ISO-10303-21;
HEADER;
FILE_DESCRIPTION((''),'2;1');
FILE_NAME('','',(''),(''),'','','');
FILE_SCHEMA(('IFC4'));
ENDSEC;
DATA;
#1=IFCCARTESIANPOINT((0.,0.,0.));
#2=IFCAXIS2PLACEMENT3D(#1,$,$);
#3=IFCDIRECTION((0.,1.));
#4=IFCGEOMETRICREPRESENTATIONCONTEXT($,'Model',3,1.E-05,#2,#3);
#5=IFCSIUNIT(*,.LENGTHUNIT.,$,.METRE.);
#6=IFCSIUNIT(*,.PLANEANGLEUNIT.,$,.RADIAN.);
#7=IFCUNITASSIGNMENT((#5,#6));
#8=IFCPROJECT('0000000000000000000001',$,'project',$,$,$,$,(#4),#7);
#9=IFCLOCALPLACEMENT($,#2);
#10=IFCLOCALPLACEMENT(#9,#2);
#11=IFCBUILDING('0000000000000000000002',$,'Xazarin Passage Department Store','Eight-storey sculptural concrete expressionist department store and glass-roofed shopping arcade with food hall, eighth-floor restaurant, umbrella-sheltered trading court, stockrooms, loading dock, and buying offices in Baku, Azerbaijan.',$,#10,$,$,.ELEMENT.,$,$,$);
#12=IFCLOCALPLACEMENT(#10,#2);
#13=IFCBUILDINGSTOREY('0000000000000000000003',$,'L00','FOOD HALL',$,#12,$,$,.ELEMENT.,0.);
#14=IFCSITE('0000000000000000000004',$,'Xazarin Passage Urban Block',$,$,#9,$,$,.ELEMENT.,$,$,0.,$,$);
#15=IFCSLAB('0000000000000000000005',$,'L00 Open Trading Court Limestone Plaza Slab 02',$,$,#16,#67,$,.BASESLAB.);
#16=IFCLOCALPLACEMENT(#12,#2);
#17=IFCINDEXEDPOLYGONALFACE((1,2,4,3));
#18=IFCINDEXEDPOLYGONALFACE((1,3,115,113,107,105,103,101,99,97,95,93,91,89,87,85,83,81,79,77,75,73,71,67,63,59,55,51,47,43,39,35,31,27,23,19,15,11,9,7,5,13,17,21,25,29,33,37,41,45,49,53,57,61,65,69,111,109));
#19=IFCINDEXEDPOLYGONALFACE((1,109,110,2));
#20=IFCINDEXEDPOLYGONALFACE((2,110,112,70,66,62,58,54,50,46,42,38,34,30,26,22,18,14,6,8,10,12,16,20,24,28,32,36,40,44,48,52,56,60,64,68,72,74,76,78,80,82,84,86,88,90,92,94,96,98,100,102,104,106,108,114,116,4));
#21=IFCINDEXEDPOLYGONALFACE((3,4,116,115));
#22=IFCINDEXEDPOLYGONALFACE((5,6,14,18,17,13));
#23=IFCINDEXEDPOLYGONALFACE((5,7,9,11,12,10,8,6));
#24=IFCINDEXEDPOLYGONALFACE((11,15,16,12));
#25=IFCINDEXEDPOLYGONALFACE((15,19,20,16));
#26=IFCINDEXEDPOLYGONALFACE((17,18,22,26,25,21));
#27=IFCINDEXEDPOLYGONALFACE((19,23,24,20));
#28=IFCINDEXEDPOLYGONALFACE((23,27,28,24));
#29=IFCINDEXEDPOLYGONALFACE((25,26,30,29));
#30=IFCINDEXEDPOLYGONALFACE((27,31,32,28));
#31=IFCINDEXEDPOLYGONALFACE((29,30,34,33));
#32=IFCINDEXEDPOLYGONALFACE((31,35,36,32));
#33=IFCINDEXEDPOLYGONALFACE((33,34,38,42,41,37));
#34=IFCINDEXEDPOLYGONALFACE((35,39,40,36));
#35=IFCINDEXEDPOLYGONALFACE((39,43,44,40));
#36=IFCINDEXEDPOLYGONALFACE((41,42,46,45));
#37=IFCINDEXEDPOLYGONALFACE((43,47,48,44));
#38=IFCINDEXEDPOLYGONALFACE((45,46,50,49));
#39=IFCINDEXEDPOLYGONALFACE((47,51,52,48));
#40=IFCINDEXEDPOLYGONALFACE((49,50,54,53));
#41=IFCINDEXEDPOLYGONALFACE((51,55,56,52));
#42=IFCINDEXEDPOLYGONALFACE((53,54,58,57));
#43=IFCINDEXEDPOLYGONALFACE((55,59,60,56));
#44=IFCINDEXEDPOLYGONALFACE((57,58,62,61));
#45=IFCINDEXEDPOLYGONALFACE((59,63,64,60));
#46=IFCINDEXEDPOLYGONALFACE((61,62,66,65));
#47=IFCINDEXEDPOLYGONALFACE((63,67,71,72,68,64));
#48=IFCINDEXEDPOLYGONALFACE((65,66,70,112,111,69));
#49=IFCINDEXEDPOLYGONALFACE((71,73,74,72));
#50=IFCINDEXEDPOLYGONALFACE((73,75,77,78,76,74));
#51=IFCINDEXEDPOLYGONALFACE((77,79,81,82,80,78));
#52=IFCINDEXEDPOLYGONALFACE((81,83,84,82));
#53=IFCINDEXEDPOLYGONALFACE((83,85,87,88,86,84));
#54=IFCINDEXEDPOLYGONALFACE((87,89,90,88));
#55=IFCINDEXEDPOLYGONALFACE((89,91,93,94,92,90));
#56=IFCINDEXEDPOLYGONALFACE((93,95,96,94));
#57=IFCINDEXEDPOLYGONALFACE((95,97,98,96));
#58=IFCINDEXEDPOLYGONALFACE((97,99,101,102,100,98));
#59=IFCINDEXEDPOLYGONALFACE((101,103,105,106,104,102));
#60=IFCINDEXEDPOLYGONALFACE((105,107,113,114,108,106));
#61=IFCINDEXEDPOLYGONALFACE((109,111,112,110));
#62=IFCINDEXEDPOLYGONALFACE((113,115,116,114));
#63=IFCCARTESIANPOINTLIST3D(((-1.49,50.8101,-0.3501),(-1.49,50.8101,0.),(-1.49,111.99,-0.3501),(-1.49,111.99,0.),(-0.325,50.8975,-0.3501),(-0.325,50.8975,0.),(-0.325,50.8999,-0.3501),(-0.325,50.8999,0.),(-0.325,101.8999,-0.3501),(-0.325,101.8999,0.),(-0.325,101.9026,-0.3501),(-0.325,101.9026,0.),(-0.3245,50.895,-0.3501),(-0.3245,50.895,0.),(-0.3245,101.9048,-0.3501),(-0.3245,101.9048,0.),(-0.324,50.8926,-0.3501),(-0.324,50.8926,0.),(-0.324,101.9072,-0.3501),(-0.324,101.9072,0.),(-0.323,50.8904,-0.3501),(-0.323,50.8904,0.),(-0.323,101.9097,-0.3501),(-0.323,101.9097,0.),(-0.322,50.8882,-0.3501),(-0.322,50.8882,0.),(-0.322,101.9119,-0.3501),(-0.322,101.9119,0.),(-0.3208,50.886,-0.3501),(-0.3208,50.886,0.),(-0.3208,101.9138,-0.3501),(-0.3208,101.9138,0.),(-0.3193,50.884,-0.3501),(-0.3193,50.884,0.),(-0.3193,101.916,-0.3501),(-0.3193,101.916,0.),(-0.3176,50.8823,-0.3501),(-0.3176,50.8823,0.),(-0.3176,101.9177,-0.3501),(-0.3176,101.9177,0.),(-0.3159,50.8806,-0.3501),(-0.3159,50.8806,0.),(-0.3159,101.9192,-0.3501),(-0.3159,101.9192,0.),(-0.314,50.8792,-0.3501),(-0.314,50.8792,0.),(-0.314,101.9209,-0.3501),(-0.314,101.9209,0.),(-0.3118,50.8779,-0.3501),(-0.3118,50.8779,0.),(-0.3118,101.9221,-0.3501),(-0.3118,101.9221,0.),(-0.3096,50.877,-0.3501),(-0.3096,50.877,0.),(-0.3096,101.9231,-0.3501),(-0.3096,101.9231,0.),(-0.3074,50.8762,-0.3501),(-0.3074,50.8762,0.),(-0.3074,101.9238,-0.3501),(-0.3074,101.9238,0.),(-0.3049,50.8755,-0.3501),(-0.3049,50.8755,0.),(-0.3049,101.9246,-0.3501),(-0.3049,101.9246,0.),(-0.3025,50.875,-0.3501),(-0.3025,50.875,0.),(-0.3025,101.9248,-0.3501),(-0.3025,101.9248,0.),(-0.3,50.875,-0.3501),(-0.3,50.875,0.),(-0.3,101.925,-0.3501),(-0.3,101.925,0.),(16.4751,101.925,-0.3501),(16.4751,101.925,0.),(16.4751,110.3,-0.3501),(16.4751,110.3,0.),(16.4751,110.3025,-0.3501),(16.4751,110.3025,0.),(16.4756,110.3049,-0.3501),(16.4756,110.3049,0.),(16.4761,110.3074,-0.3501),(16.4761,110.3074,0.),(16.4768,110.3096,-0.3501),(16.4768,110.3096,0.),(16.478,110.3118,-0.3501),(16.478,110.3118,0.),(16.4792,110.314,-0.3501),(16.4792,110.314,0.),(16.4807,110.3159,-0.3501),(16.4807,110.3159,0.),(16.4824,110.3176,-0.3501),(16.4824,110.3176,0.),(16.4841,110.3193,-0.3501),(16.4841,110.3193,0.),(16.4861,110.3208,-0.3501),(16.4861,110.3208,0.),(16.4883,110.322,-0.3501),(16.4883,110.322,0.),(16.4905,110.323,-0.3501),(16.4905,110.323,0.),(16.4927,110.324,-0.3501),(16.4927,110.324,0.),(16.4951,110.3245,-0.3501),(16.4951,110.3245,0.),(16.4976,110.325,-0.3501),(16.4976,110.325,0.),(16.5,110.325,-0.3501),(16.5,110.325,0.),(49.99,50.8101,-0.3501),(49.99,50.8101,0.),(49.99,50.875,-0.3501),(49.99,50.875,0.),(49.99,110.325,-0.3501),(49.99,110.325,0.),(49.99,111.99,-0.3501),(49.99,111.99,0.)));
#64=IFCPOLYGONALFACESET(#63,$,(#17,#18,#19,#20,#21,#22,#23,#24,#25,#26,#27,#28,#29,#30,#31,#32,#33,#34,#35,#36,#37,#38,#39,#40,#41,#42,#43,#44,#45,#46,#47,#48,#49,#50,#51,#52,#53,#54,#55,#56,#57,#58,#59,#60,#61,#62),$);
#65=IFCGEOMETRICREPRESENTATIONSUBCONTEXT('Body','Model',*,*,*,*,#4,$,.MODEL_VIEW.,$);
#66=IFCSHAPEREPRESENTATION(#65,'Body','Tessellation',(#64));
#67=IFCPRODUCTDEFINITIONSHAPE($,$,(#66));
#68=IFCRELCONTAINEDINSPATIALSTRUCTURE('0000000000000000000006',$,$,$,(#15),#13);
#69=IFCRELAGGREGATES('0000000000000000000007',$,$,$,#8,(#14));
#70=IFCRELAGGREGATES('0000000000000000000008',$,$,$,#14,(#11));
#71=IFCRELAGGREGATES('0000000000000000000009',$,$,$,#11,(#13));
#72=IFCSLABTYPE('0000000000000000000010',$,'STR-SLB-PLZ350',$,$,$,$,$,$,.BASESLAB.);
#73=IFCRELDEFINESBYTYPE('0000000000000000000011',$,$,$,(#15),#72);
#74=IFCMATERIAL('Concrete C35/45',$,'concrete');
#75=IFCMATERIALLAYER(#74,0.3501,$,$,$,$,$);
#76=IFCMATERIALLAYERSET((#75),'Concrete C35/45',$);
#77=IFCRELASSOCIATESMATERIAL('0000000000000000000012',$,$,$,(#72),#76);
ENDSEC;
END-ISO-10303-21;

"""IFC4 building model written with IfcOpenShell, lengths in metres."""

from ifc_helpers import new_model, si_unit, direction, frame, origin, place, context, subcontext, project, spatial, polyline, outline, extrude, material, layer, layer_set, type_object, element, save


model = new_model("IFC4")

# Units and contexts
model_context = context("Model", 3, precision=1e-05, world=origin(), true_north=direction((0.0, 1.0)))
body_context = subcontext(model_context, "Body", "Model", "MODEL_VIEW")
ifc_project = project(units=[si_unit("LENGTHUNIT", "METRE"), si_unit("PLANEANGLEUNIT", "RADIAN")], contexts=[model_context])

# Site, building, storey
site_placement = place(None, origin())
site = spatial("IfcSite", under=ifc_project, at=site_placement, Name="Xazarin Passage Urban Block", CompositionType="ELEMENT", RefElevation=0.0)
building_placement = place(site_placement, origin())
building = spatial("IfcBuilding", under=site, at=building_placement, Name="Xazarin Passage Department Store", Description="Eight-storey sculptural concrete expressionist department store and glass-roofed shopping arcade with food hall, eighth-floor restaurant, umbrella-sheltered trading court, stockrooms, loading dock, and buying offices in Baku, Azerbaijan.", CompositionType="ELEMENT")
storey_placement = place(building_placement, origin())
storey = spatial("IfcBuildingStorey", under=building, at=storey_placement, Name="L00", Description="FOOD HALL", CompositionType="ELEMENT", Elevation=0.0)

# Slab
ifc_material_1 = material(Name="Concrete C35/45", Category="concrete")
ifc_layer_1 = layer(ifc_material_1, 0.3501)
ifc_layer_set_1 = layer_set([ifc_layer_1], Name="Concrete C35/45")
slab_type_1 = type_object("IfcSlabType", Name="STR-SLB-PLZ350", PredefinedType="BASESLAB", material=ifc_layer_set_1)
slab_1_placement = place(storey_placement, frame((0.0, 0.0, -0.3501)))
element("IfcSlab", 1, at=slab_1_placement, inside=storey, type_object=slab_type_1, Name="L00 Open Trading Court Limestone Plaza Slab 02", PredefinedType="BASESLAB", context=body_context, shape_type="SweptSolid", body=[
    extrude(outline(polyline([(49.99, 110.325), (49.99, 111.99), (-1.49, 111.99), (-1.49, 50.8101), (49.99, 50.8101), (49.99, 50.875), (-0.3, 50.875), (-0.3025, 50.875), (-0.3049, 50.8755), (-0.3074, 50.8762), (-0.3096, 50.877), (-0.3118, 50.8779), (-0.314, 50.8792), (-0.3159, 50.8806), (-0.3176, 50.8823), (-0.3193, 50.884), (-0.3208, 50.886), (-0.322, 50.8882), (-0.323, 50.8904), (-0.324, 50.8926), (-0.3245, 50.895), (-0.325, 50.8975), (-0.325, 50.8999), (-0.325, 101.8999), (-0.325, 101.9026), (-0.3245, 101.9048), (-0.324, 101.9072), (-0.323, 101.9097), (-0.322, 101.9119), (-0.3208, 101.9138), (-0.3193, 101.916), (-0.3176, 101.9177), (-0.3159, 101.9192), (-0.314, 101.9209), (-0.3118, 101.9221), (-0.3096, 101.9231), (-0.3074, 101.9238), (-0.3049, 101.9246), (-0.3025, 101.9248), (-0.3, 101.925), (16.4751, 101.925), (16.4751, 110.3), (16.4751, 110.3025), (16.4756, 110.3049), (16.4761, 110.3074), (16.4768, 110.3096), (16.478, 110.3118), (16.4792, 110.314), (16.4807, 110.3159), (16.4824, 110.3176), (16.4841, 110.3193), (16.4861, 110.3208), (16.4883, 110.322), (16.4905, 110.323), (16.4927, 110.324), (16.4951, 110.3245), (16.4976, 110.325), (16.5, 110.325), (49.99, 110.325)])), origin(), (0.0, 0.0, 1.0), 0.3501),
])

save(model, "model.ifc")
